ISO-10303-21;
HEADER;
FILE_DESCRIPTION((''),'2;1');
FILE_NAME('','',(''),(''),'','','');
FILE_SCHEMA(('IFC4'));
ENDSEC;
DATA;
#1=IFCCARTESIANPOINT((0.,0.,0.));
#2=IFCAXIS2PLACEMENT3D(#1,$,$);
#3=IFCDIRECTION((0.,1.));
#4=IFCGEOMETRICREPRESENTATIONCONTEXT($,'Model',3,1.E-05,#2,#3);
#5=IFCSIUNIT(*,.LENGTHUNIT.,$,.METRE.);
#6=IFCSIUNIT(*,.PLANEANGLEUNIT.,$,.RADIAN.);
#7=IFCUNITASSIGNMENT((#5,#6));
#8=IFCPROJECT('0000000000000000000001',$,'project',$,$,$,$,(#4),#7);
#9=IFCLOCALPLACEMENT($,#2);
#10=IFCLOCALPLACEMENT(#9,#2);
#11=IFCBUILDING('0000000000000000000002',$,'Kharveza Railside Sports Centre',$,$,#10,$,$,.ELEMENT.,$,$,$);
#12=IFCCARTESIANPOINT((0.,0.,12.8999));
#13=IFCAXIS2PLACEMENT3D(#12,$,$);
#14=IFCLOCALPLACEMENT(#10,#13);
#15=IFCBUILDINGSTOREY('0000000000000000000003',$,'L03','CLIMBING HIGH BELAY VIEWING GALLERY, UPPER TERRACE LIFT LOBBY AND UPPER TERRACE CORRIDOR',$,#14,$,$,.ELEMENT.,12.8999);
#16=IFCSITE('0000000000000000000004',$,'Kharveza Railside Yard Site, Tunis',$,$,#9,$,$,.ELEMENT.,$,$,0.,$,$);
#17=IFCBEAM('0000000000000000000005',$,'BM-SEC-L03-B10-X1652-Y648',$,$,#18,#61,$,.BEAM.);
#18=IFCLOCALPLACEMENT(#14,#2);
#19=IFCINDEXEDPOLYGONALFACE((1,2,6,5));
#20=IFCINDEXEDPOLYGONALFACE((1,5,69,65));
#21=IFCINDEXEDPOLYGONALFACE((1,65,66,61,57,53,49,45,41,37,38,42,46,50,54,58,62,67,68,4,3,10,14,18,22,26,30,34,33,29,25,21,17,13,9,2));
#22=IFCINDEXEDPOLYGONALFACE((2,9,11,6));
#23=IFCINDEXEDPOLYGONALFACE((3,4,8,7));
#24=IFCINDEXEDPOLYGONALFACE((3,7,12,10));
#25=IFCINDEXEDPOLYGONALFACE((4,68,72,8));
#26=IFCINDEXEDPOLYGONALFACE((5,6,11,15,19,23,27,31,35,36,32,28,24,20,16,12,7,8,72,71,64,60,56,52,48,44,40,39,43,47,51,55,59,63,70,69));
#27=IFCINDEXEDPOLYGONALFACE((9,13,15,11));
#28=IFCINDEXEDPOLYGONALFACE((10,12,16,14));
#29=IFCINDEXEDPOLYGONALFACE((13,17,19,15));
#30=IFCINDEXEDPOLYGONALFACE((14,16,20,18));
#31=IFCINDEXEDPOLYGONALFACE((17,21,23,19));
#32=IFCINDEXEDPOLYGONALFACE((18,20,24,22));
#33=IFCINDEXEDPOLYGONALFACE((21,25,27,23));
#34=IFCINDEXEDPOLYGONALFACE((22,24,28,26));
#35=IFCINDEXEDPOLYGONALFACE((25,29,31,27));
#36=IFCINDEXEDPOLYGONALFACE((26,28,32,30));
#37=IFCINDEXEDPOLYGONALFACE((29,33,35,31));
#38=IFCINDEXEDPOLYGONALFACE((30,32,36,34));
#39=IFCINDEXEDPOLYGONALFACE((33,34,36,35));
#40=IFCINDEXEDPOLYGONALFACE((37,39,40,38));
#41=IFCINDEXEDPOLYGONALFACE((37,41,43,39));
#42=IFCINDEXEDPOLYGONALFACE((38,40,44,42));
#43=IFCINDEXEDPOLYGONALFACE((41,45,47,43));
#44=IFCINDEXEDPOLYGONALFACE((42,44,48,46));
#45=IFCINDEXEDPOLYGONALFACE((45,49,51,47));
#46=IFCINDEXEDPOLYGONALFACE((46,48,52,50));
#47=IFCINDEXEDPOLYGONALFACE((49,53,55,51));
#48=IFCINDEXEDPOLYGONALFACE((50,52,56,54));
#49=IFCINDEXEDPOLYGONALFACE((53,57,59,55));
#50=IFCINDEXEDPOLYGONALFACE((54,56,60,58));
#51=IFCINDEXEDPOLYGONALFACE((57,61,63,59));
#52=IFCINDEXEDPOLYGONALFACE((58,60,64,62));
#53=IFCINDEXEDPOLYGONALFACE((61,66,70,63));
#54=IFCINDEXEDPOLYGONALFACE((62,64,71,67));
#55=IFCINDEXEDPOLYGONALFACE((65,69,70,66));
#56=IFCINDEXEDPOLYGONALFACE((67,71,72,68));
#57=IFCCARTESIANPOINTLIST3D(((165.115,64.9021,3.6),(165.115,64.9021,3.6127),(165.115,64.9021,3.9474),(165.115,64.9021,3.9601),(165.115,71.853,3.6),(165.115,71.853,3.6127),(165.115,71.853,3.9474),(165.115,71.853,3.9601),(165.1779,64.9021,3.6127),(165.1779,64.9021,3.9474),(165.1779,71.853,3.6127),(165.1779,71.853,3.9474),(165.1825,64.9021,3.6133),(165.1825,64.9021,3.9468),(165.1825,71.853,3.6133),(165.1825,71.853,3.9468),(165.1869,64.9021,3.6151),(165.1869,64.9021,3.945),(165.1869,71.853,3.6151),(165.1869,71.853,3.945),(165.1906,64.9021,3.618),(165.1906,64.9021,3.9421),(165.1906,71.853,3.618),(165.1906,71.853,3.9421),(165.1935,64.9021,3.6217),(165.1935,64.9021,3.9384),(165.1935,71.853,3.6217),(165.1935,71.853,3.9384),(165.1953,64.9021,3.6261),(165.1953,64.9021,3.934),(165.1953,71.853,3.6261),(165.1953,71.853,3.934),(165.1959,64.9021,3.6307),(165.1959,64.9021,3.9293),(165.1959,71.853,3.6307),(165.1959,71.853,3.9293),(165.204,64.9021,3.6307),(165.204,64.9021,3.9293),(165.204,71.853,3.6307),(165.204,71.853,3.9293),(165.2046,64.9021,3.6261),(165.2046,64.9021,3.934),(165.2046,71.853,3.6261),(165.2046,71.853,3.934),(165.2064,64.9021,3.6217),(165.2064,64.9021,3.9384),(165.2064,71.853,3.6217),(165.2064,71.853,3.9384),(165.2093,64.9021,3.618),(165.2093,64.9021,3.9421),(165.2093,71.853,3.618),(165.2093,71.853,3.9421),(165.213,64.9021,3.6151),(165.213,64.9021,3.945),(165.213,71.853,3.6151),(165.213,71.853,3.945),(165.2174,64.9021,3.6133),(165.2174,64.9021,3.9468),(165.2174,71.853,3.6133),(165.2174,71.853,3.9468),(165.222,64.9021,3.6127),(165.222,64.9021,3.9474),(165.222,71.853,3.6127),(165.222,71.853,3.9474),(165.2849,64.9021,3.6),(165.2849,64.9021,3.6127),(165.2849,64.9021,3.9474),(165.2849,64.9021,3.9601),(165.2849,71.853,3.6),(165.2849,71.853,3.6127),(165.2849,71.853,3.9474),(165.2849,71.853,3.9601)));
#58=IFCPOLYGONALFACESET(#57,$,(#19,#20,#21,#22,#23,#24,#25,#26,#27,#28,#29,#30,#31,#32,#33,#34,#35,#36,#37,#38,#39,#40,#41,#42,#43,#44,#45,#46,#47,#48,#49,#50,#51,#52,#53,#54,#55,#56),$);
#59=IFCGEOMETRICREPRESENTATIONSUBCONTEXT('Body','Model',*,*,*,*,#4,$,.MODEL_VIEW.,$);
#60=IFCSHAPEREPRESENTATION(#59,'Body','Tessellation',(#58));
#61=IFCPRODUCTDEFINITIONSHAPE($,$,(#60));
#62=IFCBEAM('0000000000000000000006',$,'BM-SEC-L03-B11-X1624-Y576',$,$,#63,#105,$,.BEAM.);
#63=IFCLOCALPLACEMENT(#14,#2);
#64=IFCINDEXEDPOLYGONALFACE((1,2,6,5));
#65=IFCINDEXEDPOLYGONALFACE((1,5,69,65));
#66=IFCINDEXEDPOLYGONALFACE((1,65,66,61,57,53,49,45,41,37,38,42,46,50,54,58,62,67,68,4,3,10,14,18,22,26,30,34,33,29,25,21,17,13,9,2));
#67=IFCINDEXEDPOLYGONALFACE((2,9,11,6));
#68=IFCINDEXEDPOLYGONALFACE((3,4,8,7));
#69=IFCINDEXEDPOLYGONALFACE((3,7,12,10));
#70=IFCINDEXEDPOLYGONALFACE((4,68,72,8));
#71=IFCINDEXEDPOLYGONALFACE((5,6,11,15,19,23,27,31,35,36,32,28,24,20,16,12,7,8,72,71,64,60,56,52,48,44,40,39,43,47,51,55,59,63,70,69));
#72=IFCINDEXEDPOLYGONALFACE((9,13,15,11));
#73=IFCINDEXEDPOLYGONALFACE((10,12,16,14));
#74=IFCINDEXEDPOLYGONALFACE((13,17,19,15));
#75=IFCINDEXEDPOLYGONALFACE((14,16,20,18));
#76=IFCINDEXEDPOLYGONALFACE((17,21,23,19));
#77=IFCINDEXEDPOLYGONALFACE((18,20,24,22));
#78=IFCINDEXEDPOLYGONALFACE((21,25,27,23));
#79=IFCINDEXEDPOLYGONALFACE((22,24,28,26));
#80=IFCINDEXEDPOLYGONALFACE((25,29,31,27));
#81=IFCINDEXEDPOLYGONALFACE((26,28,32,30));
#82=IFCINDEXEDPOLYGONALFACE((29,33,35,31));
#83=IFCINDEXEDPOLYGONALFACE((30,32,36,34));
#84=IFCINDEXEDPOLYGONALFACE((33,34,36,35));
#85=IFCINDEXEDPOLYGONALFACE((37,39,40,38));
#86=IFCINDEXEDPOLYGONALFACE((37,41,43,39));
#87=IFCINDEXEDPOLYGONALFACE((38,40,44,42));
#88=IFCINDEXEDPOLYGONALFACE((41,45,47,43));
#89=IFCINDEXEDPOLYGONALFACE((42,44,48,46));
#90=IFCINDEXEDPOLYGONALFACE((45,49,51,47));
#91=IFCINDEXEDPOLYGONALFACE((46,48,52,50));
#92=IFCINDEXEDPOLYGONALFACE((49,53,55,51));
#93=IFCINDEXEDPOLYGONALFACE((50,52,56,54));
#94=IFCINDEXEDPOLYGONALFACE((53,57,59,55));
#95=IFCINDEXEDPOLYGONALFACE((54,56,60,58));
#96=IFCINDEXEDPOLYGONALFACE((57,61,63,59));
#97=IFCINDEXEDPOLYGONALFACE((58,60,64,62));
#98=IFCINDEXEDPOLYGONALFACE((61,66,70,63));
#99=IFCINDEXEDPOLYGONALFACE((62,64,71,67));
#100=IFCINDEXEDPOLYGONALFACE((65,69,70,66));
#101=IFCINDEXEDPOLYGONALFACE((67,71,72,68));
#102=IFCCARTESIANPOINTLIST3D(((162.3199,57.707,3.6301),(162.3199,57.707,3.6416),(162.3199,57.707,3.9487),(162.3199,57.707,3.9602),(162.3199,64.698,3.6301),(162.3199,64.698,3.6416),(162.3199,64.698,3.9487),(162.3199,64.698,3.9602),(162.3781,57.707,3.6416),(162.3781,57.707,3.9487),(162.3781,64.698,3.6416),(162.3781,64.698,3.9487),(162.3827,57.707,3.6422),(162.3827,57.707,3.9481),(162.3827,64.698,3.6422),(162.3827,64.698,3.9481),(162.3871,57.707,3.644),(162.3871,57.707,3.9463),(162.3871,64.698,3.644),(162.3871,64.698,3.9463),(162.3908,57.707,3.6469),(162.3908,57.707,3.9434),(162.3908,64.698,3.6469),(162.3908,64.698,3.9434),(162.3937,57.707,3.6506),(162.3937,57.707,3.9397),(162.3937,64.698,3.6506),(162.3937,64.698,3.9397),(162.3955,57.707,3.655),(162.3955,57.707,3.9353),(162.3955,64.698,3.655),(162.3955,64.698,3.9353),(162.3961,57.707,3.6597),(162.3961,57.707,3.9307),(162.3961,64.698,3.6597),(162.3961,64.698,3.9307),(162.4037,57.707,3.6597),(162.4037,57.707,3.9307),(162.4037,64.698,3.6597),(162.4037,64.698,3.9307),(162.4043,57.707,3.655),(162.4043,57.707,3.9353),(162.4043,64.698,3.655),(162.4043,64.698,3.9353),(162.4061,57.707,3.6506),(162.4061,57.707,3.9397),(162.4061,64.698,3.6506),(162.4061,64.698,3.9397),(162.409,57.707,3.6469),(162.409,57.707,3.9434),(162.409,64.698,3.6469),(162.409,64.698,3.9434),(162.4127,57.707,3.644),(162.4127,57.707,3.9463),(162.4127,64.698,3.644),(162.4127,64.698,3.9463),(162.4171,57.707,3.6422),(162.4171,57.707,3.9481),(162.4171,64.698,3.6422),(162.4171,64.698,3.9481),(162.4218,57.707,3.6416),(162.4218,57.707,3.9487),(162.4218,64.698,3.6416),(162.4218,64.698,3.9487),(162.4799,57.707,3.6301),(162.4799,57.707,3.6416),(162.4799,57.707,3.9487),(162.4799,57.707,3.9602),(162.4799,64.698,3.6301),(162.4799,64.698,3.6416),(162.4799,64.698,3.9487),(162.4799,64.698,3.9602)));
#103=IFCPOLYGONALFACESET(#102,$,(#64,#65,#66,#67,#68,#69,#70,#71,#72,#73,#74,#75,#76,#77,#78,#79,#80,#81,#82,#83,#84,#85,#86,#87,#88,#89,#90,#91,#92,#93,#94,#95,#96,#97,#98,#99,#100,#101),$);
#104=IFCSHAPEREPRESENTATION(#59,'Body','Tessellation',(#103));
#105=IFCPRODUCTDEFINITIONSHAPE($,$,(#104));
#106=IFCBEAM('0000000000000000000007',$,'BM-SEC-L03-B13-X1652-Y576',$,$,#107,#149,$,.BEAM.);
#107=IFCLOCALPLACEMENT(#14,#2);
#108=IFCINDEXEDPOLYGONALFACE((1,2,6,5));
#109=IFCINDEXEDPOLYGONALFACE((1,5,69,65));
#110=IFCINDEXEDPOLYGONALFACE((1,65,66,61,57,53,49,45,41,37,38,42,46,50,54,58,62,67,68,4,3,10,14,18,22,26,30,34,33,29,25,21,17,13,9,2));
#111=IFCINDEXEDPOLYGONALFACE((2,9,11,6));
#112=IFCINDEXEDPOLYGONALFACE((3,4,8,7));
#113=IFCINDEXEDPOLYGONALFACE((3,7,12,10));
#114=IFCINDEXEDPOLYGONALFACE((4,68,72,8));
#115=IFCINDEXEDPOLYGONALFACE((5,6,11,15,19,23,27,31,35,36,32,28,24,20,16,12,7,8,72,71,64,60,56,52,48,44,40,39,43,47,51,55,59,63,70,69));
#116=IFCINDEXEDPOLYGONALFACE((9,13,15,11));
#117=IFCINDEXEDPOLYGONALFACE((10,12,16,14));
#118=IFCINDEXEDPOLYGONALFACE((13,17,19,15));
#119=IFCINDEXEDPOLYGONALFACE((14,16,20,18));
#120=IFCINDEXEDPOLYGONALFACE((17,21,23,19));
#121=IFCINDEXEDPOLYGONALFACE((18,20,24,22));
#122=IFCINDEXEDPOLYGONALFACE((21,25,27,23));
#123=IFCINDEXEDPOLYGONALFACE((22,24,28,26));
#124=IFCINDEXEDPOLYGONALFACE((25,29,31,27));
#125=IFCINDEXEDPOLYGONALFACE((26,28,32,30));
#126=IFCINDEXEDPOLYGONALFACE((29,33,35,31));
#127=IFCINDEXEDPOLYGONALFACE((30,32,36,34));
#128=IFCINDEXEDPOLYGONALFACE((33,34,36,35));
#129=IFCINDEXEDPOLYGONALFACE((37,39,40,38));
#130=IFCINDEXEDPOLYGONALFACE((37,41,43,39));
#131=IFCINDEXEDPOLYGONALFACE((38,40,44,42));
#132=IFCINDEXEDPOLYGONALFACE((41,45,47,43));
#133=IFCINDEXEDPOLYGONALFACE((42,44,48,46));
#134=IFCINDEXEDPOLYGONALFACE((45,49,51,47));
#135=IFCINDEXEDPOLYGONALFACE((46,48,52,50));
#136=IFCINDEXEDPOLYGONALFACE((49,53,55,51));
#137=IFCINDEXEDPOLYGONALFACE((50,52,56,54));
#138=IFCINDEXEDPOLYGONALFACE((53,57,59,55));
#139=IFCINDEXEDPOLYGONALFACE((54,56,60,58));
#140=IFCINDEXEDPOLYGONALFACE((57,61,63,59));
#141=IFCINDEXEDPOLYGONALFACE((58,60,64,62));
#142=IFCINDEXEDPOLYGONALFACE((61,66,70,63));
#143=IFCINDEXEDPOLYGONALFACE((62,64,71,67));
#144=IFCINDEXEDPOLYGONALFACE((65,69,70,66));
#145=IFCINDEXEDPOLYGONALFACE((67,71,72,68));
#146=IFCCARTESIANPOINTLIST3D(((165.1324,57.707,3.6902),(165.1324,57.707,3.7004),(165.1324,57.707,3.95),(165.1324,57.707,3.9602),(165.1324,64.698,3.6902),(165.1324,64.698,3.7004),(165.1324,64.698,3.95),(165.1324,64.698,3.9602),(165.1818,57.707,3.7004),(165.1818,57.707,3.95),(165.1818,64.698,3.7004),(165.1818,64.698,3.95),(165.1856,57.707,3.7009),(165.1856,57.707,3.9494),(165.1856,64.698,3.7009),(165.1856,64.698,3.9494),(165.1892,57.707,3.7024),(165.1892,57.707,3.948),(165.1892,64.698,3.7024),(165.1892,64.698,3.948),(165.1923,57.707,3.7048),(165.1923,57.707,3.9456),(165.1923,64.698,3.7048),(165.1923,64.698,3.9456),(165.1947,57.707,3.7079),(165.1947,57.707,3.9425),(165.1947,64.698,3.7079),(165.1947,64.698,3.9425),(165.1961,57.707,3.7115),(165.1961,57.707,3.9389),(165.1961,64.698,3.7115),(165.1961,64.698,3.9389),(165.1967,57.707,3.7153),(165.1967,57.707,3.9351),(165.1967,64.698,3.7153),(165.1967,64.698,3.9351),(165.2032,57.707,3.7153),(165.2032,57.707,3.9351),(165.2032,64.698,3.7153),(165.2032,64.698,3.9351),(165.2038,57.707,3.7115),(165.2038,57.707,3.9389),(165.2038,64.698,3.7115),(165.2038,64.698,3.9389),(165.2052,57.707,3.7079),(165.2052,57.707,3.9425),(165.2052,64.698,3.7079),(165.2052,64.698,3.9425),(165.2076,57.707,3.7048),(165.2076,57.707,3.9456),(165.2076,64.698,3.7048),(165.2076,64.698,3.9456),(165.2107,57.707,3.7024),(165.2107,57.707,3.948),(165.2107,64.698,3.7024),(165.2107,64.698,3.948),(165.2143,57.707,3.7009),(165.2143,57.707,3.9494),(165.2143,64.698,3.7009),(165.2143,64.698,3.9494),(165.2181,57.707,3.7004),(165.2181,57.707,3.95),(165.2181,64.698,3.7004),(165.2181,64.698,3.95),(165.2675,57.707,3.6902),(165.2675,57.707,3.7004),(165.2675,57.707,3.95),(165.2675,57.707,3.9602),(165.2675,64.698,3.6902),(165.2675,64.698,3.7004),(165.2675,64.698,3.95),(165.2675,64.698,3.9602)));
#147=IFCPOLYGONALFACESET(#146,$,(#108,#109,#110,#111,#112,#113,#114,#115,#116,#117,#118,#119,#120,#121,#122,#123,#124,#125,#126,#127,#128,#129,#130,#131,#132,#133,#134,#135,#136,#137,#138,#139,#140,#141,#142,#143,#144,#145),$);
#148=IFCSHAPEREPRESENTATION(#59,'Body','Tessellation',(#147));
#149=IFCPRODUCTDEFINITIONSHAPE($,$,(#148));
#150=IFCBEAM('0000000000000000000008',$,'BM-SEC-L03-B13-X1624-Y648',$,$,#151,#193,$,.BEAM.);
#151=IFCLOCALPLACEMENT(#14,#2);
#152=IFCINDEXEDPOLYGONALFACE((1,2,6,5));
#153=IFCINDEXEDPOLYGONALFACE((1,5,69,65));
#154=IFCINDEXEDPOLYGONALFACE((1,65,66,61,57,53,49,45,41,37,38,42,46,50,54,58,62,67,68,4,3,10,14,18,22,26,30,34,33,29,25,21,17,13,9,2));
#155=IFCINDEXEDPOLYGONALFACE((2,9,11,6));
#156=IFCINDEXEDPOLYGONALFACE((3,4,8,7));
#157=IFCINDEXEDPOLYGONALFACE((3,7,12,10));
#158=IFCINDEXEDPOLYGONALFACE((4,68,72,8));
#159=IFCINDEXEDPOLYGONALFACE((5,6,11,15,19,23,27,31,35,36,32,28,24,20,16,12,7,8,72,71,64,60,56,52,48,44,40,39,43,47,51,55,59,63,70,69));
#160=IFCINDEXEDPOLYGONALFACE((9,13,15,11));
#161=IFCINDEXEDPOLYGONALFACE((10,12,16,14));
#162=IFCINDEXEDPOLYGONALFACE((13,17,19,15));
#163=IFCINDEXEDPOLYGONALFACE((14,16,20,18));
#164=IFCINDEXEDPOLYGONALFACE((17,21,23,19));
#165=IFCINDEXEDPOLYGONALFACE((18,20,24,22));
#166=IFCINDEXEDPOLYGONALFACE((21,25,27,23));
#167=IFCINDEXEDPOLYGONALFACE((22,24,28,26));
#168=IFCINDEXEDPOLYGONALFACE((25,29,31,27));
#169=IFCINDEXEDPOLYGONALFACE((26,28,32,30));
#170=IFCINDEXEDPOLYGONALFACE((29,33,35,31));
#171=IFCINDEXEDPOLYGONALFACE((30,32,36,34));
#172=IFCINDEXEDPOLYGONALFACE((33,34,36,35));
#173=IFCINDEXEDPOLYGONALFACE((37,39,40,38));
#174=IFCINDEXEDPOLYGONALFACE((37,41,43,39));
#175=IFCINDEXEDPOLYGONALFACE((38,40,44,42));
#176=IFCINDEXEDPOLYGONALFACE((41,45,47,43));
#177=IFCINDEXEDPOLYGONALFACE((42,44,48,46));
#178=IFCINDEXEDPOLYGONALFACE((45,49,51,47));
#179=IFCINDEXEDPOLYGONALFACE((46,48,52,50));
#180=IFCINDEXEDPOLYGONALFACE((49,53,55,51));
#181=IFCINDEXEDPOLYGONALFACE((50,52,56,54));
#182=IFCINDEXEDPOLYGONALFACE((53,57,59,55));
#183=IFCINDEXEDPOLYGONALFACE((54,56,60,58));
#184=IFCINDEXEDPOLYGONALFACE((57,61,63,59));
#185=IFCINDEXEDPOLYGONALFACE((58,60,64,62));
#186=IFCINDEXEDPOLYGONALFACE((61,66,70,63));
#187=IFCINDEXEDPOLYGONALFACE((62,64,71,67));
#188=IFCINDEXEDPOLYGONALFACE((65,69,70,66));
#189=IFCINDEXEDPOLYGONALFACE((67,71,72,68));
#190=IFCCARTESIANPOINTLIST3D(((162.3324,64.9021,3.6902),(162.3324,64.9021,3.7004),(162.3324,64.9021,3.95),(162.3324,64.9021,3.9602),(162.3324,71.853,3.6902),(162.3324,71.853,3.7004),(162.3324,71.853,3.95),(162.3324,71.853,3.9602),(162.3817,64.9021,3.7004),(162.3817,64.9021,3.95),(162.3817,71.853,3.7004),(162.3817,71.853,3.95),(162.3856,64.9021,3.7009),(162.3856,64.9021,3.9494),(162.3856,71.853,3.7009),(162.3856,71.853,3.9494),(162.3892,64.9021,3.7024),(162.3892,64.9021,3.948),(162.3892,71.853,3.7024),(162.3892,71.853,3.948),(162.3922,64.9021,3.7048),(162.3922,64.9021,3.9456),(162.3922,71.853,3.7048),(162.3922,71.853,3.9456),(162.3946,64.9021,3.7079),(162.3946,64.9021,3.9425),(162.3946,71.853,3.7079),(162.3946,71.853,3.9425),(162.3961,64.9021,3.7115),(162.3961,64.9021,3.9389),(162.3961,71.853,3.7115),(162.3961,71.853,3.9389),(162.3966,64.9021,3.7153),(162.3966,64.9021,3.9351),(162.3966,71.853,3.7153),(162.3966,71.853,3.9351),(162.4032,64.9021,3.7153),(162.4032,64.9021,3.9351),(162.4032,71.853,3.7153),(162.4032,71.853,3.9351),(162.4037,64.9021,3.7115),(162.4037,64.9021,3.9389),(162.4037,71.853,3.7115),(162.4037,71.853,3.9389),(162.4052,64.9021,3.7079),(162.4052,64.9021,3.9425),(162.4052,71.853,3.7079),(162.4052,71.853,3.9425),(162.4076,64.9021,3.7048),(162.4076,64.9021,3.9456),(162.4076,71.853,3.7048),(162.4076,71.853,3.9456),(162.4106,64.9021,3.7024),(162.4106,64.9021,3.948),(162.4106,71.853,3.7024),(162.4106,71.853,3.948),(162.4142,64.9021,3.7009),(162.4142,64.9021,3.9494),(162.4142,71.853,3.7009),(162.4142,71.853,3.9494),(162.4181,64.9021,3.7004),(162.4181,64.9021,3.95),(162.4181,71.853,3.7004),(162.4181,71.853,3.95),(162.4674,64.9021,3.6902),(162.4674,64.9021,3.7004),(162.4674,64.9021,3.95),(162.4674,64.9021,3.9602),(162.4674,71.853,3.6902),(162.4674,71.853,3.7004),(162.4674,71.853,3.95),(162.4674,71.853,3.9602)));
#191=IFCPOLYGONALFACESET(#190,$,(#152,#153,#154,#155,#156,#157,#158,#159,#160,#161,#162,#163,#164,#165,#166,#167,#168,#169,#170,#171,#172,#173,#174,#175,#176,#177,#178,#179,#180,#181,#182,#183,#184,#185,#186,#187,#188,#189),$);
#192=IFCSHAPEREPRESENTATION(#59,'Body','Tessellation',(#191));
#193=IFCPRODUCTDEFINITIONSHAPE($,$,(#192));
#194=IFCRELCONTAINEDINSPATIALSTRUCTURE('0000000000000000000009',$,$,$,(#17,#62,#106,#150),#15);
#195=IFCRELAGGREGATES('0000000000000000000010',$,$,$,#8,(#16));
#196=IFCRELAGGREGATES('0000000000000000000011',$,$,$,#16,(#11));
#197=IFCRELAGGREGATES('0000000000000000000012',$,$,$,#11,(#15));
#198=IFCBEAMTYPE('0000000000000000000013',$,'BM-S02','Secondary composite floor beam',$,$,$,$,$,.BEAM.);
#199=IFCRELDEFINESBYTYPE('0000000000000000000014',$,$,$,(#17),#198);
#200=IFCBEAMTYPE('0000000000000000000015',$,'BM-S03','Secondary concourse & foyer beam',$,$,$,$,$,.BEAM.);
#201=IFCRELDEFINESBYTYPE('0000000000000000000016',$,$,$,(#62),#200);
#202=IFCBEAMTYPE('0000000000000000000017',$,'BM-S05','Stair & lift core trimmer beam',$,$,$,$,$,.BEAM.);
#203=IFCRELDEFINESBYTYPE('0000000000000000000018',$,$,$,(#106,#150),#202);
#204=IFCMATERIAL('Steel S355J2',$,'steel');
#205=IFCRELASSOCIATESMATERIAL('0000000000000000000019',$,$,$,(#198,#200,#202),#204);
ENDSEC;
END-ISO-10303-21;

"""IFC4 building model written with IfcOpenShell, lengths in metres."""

from ifc_helpers import new_model, si_unit, direction, frame, origin, origin_2d, place, context, subcontext, project, spatial, i_section, extrude, material, material_profile, profile_set, type_object, element, save


model = new_model("IFC4")

# Units and contexts
model_context = context("Model", 3, precision=1e-05, world=origin(), true_north=direction((0.0, 1.0)))
body_context = subcontext(model_context, "Body", "Model", "MODEL_VIEW")
ifc_project = project(units=[si_unit("LENGTHUNIT", "METRE"), si_unit("PLANEANGLEUNIT", "RADIAN")], contexts=[model_context])

# Site, building, storey
site_placement = place(None, origin())
site = spatial("IfcSite", under=ifc_project, at=site_placement, Name="Kharveza Railside Yard Site, Tunis", CompositionType="ELEMENT", RefElevation=0.0)
building_placement = place(site_placement, origin())
building = spatial("IfcBuilding", under=site, at=building_placement, Name="Kharveza Railside Sports Centre", CompositionType="ELEMENT")
storey_placement = place(building_placement, frame((0.0, 0.0, 12.8999)))
storey = spatial("IfcBuildingStorey", under=building, at=storey_placement, Name="L03", Description="CLIMBING HIGH BELAY VIEWING GALLERY, UPPER TERRACE LIFT LOBBY AND UPPER TERRACE CORRIDOR", CompositionType="ELEMENT", Elevation=12.8999)

# Shared definitions
ifc_material_1 = material(Name="Steel S355J2", Category="steel")

# Beams
ifc_material_profile_1 = material_profile(ifc_material_1, i_section(OverallWidth=0.1699, OverallDepth=0.3601, WebThickness=0.0081, FlangeThickness=0.0127, FilletRadius=0.0181, at=origin_2d()), Name="IPE 360")
ifc_profile_set_1 = profile_set([ifc_material_profile_1], Name="Steel S355J2")
beam_type_1 = type_object("IfcBeamType", Name="BM-S02", Description="Secondary composite floor beam", PredefinedType="BEAM", material=ifc_profile_set_1)
beam_1_placement = place(storey_placement, frame((165.2, 64.9021, 3.78), z_axis=(0.0, 1.0, 0.0), x_axis=(-1.0, 0.0, 0.0)))
element("IfcBeam", 1, at=beam_1_placement, inside=storey, type_object=beam_type_1, Name="BM-SEC-L03-B10-X1652-Y648", PredefinedType="BEAM", context=body_context, shape_type="SweptSolid", body=[
    extrude(i_section(OverallWidth=0.1699, OverallDepth=0.3601, WebThickness=0.0081, FlangeThickness=0.0127, FilletRadius=0.0181, at=origin_2d()), origin(), (0.0, 0.0, 1.0), 6.9509),
])
ifc_material_profile_2 = material_profile(ifc_material_1, i_section(OverallWidth=0.1599, OverallDepth=0.3301, WebThickness=0.0076, FlangeThickness=0.0115, FilletRadius=0.0181, at=origin_2d()), Name="IPE 330")
ifc_profile_set_2 = profile_set([ifc_material_profile_2], Name="Steel S355J2")
beam_type_2 = type_object("IfcBeamType", Name="BM-S03", Description="Secondary concourse & foyer beam", PredefinedType="BEAM", material=ifc_profile_set_2)
beam_2_placement = place(storey_placement, frame((162.3999, 57.707, 3.7952), z_axis=(0.0, 1.0, 0.0), x_axis=(-1.0, 0.0, 0.0)))
element("IfcBeam", 2, at=beam_2_placement, inside=storey, type_object=beam_type_2, Name="BM-SEC-L03-B11-X1624-Y576", PredefinedType="BEAM", context=body_context, shape_type="SweptSolid", body=[
    extrude(i_section(OverallWidth=0.1599, OverallDepth=0.3301, WebThickness=0.0076, FlangeThickness=0.0115, FilletRadius=0.0181, at=origin_2d()), origin(), (0.0, 0.0, 1.0), 6.991),
])
ifc_material_profile_3 = material_profile(ifc_material_1, i_section(OverallWidth=0.135, OverallDepth=0.27, WebThickness=0.0066, FlangeThickness=0.0103, FilletRadius=0.0149, at=origin_2d()), Name="IPE 270")
ifc_profile_set_3 = profile_set([ifc_material_profile_3], Name="Steel S355J2")
beam_type_3 = type_object("IfcBeamType", Name="BM-S05", Description="Stair & lift core trimmer beam", PredefinedType="BEAM", material=ifc_profile_set_3)
beam_3_placement = place(storey_placement, frame((165.2, 57.707, 3.8252), z_axis=(0.0, 1.0, 0.0), x_axis=(-1.0, 0.0, 0.0)))
element("IfcBeam", 3, at=beam_3_placement, inside=storey, type_object=beam_type_3, Name="BM-SEC-L03-B13-X1652-Y576", PredefinedType="BEAM", context=body_context, shape_type="SweptSolid", body=[
    extrude(i_section(OverallWidth=0.135, OverallDepth=0.27, WebThickness=0.0066, FlangeThickness=0.0103, FilletRadius=0.0149, at=origin_2d()), origin(), (0.0, 0.0, 1.0), 6.991),
])
beam_4_placement = place(storey_placement, frame((162.3999, 64.9021, 3.8252), z_axis=(0.0, 1.0, 0.0), x_axis=(-1.0, 0.0, 0.0)))
element("IfcBeam", 4, at=beam_4_placement, inside=storey, type_object=beam_type_3, Name="BM-SEC-L03-B13-X1624-Y648", PredefinedType="BEAM", context=body_context, shape_type="SweptSolid", body=[
    extrude(i_section(OverallWidth=0.135, OverallDepth=0.27, WebThickness=0.0066, FlangeThickness=0.0103, FilletRadius=0.0149, at=origin_2d()), origin(), (0.0, 0.0, 1.0), 6.9509),
])

save(model, "model.ifc")
